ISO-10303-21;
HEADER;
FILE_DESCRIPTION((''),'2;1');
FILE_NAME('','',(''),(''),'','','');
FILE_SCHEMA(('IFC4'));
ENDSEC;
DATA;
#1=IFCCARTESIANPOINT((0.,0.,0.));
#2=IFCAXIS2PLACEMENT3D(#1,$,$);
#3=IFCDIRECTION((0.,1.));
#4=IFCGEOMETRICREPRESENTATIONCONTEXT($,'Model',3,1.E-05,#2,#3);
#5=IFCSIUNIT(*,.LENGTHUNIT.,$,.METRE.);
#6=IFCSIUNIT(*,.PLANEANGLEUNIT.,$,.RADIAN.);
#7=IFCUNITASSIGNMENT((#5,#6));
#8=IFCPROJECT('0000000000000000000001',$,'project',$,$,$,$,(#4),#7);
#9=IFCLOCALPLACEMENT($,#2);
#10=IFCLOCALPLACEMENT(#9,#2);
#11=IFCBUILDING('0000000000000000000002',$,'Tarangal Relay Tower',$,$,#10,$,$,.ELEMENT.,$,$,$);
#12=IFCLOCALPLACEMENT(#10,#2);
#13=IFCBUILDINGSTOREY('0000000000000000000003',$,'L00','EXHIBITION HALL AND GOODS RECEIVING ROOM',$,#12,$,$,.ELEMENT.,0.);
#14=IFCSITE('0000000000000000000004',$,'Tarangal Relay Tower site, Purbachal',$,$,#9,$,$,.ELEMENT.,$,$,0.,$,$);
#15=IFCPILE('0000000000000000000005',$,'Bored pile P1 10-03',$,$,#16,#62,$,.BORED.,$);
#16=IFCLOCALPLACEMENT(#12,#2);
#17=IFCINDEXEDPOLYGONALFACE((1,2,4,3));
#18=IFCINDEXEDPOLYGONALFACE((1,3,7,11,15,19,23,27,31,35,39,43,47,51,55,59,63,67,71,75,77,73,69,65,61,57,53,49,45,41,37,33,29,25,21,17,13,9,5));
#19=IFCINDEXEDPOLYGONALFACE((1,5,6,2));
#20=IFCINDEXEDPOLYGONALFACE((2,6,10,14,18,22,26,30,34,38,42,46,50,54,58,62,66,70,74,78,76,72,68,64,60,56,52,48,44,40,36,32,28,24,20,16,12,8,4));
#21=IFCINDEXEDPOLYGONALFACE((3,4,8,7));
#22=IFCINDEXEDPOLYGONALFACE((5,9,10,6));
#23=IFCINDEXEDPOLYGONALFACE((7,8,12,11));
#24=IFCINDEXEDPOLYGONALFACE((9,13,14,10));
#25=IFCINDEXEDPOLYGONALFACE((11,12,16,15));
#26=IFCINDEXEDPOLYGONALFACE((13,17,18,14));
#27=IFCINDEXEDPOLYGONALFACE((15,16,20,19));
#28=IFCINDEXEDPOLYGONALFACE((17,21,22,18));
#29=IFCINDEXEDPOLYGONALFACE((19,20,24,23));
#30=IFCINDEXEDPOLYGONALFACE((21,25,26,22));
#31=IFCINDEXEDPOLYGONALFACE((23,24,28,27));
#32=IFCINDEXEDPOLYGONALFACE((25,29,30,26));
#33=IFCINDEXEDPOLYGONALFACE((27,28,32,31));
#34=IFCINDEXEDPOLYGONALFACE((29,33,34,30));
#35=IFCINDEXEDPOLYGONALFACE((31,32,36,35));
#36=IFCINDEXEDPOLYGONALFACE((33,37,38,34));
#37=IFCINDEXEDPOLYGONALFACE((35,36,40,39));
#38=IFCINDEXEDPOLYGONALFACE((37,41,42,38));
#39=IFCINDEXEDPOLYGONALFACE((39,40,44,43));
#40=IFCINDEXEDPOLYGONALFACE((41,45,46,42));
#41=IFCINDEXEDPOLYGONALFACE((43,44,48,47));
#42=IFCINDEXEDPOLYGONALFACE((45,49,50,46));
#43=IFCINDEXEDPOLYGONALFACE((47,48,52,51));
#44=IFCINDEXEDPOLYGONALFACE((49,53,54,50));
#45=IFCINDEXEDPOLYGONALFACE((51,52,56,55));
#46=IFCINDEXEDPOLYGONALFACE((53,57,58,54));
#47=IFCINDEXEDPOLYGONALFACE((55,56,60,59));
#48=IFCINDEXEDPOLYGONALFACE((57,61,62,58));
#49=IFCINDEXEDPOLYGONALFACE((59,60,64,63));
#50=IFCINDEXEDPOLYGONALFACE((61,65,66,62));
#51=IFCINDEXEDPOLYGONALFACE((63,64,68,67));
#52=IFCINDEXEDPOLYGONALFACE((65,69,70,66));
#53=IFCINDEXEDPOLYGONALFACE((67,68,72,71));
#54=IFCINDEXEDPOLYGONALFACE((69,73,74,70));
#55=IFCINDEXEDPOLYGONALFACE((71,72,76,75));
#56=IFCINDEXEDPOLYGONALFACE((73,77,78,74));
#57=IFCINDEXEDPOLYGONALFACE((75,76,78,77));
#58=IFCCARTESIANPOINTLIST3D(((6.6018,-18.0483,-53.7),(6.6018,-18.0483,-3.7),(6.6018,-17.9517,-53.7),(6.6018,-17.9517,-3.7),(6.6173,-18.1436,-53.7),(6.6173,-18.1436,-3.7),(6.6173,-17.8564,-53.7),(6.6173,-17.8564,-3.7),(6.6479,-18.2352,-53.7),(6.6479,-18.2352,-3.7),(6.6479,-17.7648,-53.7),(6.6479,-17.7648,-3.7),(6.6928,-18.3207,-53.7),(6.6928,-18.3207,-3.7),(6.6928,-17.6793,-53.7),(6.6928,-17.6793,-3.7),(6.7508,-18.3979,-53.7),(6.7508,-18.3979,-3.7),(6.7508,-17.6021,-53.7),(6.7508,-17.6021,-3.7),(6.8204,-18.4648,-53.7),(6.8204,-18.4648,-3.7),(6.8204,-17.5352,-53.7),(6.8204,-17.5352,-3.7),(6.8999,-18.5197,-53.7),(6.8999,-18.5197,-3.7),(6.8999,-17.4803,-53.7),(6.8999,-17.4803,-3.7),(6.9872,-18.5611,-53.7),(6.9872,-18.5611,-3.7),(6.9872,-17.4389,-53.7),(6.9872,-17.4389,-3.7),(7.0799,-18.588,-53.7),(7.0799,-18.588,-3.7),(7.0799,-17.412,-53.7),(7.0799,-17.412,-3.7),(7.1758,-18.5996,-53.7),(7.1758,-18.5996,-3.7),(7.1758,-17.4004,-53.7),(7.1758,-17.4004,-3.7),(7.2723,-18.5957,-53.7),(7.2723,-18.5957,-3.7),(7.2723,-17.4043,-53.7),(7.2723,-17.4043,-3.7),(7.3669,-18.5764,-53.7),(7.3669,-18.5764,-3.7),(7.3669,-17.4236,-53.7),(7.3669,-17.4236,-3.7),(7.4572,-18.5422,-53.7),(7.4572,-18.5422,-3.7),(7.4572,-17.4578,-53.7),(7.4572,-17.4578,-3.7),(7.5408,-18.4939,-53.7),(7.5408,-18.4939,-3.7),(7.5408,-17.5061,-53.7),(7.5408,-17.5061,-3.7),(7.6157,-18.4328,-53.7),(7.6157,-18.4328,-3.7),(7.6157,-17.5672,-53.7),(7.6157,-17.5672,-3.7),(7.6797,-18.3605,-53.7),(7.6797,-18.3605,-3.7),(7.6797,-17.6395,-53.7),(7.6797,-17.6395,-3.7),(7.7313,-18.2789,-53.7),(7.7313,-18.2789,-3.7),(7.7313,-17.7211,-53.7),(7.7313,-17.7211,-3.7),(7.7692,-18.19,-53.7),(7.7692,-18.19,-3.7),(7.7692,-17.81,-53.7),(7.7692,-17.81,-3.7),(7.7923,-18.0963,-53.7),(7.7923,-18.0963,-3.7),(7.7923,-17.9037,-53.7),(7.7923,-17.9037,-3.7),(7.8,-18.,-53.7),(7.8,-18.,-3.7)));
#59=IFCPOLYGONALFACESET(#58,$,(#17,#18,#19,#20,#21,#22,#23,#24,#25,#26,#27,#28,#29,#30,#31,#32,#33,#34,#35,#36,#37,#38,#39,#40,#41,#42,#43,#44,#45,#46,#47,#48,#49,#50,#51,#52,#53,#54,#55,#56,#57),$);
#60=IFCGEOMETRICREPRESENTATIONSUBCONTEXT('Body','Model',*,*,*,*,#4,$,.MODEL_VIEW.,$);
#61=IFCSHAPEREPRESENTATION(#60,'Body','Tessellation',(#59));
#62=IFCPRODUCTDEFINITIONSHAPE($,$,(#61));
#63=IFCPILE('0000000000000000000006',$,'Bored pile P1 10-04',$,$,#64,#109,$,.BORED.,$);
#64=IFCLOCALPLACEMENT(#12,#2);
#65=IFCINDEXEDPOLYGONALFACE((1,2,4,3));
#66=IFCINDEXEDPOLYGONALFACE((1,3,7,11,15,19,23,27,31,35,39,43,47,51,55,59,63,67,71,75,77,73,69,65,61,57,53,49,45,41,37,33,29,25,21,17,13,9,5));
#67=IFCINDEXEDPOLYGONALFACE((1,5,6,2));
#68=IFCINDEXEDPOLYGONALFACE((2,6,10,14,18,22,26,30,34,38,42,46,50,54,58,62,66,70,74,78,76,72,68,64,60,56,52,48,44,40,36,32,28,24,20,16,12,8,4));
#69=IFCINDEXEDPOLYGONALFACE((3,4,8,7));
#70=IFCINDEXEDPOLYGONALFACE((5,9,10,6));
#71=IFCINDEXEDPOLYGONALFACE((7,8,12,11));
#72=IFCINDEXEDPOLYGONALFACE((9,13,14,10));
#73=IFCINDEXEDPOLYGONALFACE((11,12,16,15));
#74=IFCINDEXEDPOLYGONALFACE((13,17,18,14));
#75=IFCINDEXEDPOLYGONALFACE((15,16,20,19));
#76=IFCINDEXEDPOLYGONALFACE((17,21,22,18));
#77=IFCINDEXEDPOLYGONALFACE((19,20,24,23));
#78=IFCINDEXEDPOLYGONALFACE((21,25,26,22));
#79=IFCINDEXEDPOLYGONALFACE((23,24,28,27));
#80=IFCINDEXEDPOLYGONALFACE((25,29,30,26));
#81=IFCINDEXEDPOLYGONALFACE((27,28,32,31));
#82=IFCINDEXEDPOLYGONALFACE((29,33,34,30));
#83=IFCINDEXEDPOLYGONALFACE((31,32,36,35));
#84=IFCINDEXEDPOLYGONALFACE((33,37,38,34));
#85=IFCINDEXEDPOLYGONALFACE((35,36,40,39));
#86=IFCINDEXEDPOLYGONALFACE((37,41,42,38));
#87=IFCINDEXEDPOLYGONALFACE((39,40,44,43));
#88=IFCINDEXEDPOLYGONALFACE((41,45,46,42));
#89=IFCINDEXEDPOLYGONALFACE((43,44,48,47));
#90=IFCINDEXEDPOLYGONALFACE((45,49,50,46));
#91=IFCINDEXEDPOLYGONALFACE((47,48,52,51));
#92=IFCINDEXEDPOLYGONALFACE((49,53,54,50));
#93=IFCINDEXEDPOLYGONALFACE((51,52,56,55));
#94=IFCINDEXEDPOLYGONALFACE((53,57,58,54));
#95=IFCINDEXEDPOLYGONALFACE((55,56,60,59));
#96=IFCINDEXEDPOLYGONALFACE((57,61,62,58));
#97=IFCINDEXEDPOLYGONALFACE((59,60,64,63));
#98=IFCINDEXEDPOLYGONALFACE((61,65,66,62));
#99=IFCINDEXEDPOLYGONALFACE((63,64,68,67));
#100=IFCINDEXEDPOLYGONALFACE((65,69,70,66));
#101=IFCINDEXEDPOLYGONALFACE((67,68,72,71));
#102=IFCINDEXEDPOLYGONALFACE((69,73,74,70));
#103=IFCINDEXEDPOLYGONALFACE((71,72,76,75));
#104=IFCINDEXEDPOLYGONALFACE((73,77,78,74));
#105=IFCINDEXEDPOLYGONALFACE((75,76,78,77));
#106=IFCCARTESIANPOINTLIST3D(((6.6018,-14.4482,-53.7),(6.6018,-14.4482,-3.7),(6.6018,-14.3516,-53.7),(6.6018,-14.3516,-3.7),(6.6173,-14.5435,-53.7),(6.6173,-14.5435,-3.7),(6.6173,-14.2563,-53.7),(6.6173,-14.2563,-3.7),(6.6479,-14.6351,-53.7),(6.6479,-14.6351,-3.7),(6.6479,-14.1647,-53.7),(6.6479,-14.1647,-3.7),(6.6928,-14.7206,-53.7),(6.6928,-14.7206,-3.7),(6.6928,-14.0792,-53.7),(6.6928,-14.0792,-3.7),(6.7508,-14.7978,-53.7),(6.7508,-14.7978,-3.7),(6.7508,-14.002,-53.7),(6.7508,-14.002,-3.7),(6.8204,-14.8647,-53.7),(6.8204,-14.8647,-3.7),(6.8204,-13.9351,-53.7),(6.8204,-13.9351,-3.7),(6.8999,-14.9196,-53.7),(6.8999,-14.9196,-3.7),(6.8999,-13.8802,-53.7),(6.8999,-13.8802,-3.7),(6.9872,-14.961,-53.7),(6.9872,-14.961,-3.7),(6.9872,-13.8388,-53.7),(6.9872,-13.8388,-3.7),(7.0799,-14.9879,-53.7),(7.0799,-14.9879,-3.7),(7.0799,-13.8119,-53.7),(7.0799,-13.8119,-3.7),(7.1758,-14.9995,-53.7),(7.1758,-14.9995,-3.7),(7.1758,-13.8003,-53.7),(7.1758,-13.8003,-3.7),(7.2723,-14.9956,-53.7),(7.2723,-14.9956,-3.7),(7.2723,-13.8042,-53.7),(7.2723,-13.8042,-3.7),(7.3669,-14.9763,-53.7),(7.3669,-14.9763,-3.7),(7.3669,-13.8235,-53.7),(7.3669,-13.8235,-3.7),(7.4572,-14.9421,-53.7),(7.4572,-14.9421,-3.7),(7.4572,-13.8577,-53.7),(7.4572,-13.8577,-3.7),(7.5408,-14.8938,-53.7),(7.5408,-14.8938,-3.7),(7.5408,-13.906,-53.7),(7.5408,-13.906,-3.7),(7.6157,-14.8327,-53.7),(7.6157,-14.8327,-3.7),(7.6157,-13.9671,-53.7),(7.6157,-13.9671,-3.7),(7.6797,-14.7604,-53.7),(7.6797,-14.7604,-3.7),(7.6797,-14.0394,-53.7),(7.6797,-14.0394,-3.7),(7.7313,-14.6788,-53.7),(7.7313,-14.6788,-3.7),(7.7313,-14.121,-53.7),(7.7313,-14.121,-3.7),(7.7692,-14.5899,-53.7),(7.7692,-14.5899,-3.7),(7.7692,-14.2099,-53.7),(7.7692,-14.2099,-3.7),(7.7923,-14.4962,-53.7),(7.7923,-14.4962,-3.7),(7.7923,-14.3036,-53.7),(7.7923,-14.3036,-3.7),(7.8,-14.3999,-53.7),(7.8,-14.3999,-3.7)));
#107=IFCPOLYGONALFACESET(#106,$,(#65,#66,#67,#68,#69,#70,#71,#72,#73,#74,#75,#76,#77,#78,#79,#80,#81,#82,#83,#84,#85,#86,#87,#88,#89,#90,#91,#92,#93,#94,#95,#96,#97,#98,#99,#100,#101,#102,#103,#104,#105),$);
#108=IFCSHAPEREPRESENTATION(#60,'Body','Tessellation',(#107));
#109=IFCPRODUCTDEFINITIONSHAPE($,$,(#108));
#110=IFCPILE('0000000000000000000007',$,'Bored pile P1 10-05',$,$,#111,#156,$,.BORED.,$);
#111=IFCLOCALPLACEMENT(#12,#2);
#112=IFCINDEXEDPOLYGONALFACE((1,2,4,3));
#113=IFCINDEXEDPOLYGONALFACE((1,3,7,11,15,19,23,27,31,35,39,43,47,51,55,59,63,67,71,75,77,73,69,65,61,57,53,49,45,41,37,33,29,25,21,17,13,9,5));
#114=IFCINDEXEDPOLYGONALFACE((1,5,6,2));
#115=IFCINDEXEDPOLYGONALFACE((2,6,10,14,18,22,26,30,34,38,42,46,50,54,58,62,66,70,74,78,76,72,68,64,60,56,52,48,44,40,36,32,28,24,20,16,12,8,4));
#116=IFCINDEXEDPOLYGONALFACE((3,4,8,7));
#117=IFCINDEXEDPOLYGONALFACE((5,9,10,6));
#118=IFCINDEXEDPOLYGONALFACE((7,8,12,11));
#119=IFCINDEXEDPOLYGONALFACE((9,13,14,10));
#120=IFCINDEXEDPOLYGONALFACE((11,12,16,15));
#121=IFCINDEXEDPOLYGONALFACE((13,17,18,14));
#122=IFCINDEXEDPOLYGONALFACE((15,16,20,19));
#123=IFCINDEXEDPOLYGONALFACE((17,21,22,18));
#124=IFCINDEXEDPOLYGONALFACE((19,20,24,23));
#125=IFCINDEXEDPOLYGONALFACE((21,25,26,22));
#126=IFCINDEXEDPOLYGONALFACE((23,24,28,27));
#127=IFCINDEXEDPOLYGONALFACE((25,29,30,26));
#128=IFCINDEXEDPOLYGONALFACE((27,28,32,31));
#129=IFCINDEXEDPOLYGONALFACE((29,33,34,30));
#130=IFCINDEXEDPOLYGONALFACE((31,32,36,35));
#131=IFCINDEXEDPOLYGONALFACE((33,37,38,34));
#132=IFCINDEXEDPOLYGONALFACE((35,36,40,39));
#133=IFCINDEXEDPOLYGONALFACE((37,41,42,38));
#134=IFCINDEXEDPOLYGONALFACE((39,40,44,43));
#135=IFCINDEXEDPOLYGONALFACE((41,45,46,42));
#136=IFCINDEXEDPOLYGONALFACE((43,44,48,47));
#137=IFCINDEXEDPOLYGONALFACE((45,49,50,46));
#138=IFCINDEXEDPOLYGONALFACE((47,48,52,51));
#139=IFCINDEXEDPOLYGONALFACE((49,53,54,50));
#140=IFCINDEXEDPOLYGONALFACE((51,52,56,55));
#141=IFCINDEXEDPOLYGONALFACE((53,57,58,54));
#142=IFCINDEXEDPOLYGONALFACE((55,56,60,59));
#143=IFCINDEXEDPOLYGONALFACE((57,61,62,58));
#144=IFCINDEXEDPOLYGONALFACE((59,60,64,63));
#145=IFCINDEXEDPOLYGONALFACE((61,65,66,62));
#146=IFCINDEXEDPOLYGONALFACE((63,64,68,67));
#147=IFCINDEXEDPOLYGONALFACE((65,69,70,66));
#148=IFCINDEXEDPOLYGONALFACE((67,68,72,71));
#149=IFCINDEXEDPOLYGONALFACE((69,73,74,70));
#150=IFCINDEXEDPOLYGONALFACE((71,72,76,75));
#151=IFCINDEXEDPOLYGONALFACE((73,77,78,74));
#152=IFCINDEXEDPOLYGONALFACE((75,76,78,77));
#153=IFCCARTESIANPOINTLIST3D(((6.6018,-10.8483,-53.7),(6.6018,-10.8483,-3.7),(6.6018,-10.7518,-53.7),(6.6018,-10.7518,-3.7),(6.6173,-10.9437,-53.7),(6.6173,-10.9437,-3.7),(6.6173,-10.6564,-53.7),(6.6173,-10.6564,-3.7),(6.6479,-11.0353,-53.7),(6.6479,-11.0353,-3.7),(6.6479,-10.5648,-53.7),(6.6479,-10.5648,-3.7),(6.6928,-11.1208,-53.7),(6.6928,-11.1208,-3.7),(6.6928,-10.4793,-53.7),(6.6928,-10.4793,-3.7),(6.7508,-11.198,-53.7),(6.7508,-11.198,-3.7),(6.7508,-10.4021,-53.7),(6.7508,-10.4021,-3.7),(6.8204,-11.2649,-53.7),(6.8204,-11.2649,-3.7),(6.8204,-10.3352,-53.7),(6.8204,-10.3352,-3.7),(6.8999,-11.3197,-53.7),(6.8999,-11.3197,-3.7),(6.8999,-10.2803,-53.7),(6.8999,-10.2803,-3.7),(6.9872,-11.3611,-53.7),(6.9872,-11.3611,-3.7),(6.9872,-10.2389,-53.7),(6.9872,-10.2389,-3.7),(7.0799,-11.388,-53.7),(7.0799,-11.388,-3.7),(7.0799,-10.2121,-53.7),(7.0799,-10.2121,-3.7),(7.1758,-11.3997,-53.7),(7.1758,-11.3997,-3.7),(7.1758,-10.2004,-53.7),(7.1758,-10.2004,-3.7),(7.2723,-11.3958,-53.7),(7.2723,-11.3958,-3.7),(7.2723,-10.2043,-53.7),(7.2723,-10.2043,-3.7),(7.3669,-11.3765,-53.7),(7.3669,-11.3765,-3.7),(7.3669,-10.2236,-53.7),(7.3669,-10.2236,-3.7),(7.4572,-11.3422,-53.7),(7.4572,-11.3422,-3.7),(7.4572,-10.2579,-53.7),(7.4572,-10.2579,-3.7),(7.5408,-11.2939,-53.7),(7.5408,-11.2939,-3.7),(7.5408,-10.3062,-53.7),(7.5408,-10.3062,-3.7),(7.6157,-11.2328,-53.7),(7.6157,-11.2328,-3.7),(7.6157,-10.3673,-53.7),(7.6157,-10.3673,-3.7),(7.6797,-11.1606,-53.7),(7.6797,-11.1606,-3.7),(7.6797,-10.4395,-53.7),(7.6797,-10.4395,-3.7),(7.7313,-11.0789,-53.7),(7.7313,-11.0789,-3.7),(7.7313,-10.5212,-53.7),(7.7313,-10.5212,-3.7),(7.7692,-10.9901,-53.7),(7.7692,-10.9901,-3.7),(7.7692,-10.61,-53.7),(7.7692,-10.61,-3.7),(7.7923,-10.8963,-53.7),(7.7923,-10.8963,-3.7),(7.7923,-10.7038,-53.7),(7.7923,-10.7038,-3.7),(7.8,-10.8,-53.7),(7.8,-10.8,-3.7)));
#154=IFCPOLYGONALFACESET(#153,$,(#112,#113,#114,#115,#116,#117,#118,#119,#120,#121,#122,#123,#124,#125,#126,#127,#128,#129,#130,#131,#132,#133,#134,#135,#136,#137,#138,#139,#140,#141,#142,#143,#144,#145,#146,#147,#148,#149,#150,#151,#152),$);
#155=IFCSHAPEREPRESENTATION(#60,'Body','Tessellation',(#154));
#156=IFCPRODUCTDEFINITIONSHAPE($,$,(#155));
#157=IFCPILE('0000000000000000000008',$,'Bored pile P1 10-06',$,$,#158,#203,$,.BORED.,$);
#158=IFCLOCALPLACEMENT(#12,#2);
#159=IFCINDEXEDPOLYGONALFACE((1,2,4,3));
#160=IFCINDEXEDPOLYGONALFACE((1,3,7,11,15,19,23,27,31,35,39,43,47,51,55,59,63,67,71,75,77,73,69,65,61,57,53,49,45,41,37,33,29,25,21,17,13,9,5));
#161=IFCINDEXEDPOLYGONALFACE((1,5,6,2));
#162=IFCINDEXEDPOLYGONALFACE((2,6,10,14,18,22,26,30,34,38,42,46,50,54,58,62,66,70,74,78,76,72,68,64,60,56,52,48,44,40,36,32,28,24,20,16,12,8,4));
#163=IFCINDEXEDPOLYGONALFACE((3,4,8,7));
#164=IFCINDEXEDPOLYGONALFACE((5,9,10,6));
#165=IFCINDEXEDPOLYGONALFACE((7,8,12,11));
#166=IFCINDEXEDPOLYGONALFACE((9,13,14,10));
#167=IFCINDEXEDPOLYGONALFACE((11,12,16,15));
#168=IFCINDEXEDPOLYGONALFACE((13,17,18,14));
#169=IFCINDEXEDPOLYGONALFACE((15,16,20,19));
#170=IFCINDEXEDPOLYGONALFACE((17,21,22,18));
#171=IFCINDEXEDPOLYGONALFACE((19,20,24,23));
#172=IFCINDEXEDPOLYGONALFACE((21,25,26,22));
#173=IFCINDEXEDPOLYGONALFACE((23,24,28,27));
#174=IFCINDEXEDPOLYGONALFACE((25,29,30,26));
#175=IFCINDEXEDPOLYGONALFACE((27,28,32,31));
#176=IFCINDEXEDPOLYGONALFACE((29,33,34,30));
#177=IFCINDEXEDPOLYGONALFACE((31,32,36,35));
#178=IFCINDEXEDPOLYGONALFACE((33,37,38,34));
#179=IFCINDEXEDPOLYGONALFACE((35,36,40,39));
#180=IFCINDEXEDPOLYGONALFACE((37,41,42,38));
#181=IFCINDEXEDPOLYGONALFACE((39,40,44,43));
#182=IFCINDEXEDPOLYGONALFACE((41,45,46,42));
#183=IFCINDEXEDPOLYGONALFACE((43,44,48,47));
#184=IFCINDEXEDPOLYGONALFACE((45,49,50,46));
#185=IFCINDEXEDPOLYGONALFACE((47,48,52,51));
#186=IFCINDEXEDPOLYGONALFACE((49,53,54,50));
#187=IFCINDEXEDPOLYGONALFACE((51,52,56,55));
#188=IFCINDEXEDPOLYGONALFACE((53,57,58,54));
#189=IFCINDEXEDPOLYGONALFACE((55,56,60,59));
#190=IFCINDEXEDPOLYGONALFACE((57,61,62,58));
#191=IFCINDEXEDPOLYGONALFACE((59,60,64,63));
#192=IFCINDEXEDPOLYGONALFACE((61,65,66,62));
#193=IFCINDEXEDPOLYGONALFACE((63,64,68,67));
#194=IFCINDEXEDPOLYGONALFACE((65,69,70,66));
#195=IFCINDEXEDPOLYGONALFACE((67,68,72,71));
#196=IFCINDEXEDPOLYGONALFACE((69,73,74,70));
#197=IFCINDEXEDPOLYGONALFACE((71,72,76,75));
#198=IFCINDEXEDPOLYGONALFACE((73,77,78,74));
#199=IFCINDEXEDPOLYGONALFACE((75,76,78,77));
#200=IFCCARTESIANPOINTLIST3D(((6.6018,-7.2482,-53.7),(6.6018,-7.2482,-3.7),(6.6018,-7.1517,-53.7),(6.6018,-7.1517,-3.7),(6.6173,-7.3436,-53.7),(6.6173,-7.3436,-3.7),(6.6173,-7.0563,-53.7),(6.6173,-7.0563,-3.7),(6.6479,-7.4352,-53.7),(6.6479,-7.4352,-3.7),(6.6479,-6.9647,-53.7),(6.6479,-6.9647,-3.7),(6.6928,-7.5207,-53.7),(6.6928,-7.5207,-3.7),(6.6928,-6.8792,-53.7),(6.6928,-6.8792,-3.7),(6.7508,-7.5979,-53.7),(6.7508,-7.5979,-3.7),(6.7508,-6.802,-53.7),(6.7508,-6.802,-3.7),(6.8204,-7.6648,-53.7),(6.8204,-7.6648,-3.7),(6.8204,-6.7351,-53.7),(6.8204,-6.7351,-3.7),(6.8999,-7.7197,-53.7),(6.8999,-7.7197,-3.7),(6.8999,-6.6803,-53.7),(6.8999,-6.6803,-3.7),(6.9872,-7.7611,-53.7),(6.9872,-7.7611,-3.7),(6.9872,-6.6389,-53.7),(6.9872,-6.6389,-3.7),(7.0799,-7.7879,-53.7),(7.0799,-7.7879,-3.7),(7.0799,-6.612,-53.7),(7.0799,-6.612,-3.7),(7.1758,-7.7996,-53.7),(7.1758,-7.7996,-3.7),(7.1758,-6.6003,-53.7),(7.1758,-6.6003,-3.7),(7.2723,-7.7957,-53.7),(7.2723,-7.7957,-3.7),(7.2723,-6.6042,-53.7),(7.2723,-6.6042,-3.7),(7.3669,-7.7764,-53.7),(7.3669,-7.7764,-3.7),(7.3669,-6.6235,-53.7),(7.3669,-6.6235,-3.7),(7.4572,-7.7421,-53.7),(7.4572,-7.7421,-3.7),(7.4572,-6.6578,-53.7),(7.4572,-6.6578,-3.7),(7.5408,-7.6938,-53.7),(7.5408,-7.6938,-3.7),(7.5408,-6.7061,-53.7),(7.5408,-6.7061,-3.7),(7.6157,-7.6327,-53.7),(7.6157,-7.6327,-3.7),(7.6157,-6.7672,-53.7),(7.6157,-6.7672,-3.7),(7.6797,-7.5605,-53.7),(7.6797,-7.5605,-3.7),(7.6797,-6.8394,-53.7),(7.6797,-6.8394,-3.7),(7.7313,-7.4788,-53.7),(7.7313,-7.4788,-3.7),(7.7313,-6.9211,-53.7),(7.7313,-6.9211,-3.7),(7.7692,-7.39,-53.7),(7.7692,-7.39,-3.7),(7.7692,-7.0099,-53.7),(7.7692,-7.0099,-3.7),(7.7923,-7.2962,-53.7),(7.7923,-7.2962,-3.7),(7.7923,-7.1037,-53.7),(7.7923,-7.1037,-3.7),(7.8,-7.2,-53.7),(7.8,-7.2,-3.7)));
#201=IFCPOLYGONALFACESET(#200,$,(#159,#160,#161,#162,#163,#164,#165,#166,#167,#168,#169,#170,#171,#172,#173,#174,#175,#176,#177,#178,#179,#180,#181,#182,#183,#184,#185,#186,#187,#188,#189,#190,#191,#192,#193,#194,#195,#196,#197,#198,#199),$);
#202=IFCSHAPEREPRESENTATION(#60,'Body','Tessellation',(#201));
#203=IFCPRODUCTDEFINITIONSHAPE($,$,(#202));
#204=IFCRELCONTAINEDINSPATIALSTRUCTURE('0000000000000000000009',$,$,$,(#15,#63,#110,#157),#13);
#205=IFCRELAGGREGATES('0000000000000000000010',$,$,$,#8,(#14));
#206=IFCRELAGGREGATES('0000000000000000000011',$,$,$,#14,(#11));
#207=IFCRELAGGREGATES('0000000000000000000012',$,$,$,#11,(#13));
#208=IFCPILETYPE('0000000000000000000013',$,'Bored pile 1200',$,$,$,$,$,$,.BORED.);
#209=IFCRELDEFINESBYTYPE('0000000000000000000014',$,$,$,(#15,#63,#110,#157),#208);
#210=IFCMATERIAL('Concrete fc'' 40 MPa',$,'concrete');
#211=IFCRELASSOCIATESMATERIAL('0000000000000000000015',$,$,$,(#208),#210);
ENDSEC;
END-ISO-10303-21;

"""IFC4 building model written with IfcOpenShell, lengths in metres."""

from ifc_helpers import new_model, si_unit, direction, frame, origin, origin_2d, place, context, subcontext, project, spatial, circle, extrude, material, material_profile, profile_set, type_object, element, save


model = new_model("IFC4")

# Units and contexts
model_context = context("Model", 3, precision=1e-05, world=origin(), true_north=direction((0.0, 1.0)))
body_context = subcontext(model_context, "Body", "Model", "MODEL_VIEW")
ifc_project = project(units=[si_unit("LENGTHUNIT", "METRE"), si_unit("PLANEANGLEUNIT", "RADIAN")], contexts=[model_context])

# Site, building, storey
site_placement = place(None, origin())
site = spatial("IfcSite", under=ifc_project, at=site_placement, Name="Tarangal Relay Tower site, Purbachal", CompositionType="ELEMENT", RefElevation=0.0)
building_placement = place(site_placement, origin())
building = spatial("IfcBuilding", under=site, at=building_placement, Name="Tarangal Relay Tower", CompositionType="ELEMENT")
storey_placement = place(building_placement, origin())
storey = spatial("IfcBuildingStorey", under=building, at=storey_placement, Name="L00", Description="EXHIBITION HALL AND GOODS RECEIVING ROOM", CompositionType="ELEMENT", Elevation=0.0)

# Piles
ifc_material_1 = material(Name="Concrete fc' 40 MPa", Category="concrete")
ifc_material_profile_1 = material_profile(ifc_material_1, circle(Radius=0.6001, at=origin_2d()), Name="D1200")
ifc_profile_set_1 = profile_set([ifc_material_profile_1], Name="Concrete fc' 40 MPa")
pile_type = type_object("IfcPileType", Name="Bored pile 1200", PredefinedType="BORED", material=ifc_profile_set_1)
for number, where, z_axis, x_axis, name in (
    (1, (7.2, -18.0, -3.7), (0.0, 0.0, -1.0), (1.0, 0.0, 0.0), "Bored pile P1 10-03"),
    (2, (7.2, -14.3999, -3.7), (0.0, 0.0, -1.0), (1.0, 0.0, 0.0), "Bored pile P1 10-04"),
    (3, (7.2, -10.8, -3.7), (0.0, 0.0, -1.0), (1.0, 0.0, 0.0), "Bored pile P1 10-05"),
    (4, (7.2, -7.2, -3.7), (0.0, 0.0, -1.0), (1.0, 0.0, 0.0), "Bored pile P1 10-06"),
):
    element("IfcPile", number, at=place(storey_placement, frame(where, z_axis=z_axis, x_axis=x_axis)), inside=storey, type_object=pile_type, Name=name, PredefinedType="BORED", context=body_context, shape_type="SweptSolid", body=[
        extrude(circle(Radius=0.6001, at=origin_2d()), origin(), (0.0, 0.0, 1.0), 50.0),
    ])

save(model, "model.ifc")
